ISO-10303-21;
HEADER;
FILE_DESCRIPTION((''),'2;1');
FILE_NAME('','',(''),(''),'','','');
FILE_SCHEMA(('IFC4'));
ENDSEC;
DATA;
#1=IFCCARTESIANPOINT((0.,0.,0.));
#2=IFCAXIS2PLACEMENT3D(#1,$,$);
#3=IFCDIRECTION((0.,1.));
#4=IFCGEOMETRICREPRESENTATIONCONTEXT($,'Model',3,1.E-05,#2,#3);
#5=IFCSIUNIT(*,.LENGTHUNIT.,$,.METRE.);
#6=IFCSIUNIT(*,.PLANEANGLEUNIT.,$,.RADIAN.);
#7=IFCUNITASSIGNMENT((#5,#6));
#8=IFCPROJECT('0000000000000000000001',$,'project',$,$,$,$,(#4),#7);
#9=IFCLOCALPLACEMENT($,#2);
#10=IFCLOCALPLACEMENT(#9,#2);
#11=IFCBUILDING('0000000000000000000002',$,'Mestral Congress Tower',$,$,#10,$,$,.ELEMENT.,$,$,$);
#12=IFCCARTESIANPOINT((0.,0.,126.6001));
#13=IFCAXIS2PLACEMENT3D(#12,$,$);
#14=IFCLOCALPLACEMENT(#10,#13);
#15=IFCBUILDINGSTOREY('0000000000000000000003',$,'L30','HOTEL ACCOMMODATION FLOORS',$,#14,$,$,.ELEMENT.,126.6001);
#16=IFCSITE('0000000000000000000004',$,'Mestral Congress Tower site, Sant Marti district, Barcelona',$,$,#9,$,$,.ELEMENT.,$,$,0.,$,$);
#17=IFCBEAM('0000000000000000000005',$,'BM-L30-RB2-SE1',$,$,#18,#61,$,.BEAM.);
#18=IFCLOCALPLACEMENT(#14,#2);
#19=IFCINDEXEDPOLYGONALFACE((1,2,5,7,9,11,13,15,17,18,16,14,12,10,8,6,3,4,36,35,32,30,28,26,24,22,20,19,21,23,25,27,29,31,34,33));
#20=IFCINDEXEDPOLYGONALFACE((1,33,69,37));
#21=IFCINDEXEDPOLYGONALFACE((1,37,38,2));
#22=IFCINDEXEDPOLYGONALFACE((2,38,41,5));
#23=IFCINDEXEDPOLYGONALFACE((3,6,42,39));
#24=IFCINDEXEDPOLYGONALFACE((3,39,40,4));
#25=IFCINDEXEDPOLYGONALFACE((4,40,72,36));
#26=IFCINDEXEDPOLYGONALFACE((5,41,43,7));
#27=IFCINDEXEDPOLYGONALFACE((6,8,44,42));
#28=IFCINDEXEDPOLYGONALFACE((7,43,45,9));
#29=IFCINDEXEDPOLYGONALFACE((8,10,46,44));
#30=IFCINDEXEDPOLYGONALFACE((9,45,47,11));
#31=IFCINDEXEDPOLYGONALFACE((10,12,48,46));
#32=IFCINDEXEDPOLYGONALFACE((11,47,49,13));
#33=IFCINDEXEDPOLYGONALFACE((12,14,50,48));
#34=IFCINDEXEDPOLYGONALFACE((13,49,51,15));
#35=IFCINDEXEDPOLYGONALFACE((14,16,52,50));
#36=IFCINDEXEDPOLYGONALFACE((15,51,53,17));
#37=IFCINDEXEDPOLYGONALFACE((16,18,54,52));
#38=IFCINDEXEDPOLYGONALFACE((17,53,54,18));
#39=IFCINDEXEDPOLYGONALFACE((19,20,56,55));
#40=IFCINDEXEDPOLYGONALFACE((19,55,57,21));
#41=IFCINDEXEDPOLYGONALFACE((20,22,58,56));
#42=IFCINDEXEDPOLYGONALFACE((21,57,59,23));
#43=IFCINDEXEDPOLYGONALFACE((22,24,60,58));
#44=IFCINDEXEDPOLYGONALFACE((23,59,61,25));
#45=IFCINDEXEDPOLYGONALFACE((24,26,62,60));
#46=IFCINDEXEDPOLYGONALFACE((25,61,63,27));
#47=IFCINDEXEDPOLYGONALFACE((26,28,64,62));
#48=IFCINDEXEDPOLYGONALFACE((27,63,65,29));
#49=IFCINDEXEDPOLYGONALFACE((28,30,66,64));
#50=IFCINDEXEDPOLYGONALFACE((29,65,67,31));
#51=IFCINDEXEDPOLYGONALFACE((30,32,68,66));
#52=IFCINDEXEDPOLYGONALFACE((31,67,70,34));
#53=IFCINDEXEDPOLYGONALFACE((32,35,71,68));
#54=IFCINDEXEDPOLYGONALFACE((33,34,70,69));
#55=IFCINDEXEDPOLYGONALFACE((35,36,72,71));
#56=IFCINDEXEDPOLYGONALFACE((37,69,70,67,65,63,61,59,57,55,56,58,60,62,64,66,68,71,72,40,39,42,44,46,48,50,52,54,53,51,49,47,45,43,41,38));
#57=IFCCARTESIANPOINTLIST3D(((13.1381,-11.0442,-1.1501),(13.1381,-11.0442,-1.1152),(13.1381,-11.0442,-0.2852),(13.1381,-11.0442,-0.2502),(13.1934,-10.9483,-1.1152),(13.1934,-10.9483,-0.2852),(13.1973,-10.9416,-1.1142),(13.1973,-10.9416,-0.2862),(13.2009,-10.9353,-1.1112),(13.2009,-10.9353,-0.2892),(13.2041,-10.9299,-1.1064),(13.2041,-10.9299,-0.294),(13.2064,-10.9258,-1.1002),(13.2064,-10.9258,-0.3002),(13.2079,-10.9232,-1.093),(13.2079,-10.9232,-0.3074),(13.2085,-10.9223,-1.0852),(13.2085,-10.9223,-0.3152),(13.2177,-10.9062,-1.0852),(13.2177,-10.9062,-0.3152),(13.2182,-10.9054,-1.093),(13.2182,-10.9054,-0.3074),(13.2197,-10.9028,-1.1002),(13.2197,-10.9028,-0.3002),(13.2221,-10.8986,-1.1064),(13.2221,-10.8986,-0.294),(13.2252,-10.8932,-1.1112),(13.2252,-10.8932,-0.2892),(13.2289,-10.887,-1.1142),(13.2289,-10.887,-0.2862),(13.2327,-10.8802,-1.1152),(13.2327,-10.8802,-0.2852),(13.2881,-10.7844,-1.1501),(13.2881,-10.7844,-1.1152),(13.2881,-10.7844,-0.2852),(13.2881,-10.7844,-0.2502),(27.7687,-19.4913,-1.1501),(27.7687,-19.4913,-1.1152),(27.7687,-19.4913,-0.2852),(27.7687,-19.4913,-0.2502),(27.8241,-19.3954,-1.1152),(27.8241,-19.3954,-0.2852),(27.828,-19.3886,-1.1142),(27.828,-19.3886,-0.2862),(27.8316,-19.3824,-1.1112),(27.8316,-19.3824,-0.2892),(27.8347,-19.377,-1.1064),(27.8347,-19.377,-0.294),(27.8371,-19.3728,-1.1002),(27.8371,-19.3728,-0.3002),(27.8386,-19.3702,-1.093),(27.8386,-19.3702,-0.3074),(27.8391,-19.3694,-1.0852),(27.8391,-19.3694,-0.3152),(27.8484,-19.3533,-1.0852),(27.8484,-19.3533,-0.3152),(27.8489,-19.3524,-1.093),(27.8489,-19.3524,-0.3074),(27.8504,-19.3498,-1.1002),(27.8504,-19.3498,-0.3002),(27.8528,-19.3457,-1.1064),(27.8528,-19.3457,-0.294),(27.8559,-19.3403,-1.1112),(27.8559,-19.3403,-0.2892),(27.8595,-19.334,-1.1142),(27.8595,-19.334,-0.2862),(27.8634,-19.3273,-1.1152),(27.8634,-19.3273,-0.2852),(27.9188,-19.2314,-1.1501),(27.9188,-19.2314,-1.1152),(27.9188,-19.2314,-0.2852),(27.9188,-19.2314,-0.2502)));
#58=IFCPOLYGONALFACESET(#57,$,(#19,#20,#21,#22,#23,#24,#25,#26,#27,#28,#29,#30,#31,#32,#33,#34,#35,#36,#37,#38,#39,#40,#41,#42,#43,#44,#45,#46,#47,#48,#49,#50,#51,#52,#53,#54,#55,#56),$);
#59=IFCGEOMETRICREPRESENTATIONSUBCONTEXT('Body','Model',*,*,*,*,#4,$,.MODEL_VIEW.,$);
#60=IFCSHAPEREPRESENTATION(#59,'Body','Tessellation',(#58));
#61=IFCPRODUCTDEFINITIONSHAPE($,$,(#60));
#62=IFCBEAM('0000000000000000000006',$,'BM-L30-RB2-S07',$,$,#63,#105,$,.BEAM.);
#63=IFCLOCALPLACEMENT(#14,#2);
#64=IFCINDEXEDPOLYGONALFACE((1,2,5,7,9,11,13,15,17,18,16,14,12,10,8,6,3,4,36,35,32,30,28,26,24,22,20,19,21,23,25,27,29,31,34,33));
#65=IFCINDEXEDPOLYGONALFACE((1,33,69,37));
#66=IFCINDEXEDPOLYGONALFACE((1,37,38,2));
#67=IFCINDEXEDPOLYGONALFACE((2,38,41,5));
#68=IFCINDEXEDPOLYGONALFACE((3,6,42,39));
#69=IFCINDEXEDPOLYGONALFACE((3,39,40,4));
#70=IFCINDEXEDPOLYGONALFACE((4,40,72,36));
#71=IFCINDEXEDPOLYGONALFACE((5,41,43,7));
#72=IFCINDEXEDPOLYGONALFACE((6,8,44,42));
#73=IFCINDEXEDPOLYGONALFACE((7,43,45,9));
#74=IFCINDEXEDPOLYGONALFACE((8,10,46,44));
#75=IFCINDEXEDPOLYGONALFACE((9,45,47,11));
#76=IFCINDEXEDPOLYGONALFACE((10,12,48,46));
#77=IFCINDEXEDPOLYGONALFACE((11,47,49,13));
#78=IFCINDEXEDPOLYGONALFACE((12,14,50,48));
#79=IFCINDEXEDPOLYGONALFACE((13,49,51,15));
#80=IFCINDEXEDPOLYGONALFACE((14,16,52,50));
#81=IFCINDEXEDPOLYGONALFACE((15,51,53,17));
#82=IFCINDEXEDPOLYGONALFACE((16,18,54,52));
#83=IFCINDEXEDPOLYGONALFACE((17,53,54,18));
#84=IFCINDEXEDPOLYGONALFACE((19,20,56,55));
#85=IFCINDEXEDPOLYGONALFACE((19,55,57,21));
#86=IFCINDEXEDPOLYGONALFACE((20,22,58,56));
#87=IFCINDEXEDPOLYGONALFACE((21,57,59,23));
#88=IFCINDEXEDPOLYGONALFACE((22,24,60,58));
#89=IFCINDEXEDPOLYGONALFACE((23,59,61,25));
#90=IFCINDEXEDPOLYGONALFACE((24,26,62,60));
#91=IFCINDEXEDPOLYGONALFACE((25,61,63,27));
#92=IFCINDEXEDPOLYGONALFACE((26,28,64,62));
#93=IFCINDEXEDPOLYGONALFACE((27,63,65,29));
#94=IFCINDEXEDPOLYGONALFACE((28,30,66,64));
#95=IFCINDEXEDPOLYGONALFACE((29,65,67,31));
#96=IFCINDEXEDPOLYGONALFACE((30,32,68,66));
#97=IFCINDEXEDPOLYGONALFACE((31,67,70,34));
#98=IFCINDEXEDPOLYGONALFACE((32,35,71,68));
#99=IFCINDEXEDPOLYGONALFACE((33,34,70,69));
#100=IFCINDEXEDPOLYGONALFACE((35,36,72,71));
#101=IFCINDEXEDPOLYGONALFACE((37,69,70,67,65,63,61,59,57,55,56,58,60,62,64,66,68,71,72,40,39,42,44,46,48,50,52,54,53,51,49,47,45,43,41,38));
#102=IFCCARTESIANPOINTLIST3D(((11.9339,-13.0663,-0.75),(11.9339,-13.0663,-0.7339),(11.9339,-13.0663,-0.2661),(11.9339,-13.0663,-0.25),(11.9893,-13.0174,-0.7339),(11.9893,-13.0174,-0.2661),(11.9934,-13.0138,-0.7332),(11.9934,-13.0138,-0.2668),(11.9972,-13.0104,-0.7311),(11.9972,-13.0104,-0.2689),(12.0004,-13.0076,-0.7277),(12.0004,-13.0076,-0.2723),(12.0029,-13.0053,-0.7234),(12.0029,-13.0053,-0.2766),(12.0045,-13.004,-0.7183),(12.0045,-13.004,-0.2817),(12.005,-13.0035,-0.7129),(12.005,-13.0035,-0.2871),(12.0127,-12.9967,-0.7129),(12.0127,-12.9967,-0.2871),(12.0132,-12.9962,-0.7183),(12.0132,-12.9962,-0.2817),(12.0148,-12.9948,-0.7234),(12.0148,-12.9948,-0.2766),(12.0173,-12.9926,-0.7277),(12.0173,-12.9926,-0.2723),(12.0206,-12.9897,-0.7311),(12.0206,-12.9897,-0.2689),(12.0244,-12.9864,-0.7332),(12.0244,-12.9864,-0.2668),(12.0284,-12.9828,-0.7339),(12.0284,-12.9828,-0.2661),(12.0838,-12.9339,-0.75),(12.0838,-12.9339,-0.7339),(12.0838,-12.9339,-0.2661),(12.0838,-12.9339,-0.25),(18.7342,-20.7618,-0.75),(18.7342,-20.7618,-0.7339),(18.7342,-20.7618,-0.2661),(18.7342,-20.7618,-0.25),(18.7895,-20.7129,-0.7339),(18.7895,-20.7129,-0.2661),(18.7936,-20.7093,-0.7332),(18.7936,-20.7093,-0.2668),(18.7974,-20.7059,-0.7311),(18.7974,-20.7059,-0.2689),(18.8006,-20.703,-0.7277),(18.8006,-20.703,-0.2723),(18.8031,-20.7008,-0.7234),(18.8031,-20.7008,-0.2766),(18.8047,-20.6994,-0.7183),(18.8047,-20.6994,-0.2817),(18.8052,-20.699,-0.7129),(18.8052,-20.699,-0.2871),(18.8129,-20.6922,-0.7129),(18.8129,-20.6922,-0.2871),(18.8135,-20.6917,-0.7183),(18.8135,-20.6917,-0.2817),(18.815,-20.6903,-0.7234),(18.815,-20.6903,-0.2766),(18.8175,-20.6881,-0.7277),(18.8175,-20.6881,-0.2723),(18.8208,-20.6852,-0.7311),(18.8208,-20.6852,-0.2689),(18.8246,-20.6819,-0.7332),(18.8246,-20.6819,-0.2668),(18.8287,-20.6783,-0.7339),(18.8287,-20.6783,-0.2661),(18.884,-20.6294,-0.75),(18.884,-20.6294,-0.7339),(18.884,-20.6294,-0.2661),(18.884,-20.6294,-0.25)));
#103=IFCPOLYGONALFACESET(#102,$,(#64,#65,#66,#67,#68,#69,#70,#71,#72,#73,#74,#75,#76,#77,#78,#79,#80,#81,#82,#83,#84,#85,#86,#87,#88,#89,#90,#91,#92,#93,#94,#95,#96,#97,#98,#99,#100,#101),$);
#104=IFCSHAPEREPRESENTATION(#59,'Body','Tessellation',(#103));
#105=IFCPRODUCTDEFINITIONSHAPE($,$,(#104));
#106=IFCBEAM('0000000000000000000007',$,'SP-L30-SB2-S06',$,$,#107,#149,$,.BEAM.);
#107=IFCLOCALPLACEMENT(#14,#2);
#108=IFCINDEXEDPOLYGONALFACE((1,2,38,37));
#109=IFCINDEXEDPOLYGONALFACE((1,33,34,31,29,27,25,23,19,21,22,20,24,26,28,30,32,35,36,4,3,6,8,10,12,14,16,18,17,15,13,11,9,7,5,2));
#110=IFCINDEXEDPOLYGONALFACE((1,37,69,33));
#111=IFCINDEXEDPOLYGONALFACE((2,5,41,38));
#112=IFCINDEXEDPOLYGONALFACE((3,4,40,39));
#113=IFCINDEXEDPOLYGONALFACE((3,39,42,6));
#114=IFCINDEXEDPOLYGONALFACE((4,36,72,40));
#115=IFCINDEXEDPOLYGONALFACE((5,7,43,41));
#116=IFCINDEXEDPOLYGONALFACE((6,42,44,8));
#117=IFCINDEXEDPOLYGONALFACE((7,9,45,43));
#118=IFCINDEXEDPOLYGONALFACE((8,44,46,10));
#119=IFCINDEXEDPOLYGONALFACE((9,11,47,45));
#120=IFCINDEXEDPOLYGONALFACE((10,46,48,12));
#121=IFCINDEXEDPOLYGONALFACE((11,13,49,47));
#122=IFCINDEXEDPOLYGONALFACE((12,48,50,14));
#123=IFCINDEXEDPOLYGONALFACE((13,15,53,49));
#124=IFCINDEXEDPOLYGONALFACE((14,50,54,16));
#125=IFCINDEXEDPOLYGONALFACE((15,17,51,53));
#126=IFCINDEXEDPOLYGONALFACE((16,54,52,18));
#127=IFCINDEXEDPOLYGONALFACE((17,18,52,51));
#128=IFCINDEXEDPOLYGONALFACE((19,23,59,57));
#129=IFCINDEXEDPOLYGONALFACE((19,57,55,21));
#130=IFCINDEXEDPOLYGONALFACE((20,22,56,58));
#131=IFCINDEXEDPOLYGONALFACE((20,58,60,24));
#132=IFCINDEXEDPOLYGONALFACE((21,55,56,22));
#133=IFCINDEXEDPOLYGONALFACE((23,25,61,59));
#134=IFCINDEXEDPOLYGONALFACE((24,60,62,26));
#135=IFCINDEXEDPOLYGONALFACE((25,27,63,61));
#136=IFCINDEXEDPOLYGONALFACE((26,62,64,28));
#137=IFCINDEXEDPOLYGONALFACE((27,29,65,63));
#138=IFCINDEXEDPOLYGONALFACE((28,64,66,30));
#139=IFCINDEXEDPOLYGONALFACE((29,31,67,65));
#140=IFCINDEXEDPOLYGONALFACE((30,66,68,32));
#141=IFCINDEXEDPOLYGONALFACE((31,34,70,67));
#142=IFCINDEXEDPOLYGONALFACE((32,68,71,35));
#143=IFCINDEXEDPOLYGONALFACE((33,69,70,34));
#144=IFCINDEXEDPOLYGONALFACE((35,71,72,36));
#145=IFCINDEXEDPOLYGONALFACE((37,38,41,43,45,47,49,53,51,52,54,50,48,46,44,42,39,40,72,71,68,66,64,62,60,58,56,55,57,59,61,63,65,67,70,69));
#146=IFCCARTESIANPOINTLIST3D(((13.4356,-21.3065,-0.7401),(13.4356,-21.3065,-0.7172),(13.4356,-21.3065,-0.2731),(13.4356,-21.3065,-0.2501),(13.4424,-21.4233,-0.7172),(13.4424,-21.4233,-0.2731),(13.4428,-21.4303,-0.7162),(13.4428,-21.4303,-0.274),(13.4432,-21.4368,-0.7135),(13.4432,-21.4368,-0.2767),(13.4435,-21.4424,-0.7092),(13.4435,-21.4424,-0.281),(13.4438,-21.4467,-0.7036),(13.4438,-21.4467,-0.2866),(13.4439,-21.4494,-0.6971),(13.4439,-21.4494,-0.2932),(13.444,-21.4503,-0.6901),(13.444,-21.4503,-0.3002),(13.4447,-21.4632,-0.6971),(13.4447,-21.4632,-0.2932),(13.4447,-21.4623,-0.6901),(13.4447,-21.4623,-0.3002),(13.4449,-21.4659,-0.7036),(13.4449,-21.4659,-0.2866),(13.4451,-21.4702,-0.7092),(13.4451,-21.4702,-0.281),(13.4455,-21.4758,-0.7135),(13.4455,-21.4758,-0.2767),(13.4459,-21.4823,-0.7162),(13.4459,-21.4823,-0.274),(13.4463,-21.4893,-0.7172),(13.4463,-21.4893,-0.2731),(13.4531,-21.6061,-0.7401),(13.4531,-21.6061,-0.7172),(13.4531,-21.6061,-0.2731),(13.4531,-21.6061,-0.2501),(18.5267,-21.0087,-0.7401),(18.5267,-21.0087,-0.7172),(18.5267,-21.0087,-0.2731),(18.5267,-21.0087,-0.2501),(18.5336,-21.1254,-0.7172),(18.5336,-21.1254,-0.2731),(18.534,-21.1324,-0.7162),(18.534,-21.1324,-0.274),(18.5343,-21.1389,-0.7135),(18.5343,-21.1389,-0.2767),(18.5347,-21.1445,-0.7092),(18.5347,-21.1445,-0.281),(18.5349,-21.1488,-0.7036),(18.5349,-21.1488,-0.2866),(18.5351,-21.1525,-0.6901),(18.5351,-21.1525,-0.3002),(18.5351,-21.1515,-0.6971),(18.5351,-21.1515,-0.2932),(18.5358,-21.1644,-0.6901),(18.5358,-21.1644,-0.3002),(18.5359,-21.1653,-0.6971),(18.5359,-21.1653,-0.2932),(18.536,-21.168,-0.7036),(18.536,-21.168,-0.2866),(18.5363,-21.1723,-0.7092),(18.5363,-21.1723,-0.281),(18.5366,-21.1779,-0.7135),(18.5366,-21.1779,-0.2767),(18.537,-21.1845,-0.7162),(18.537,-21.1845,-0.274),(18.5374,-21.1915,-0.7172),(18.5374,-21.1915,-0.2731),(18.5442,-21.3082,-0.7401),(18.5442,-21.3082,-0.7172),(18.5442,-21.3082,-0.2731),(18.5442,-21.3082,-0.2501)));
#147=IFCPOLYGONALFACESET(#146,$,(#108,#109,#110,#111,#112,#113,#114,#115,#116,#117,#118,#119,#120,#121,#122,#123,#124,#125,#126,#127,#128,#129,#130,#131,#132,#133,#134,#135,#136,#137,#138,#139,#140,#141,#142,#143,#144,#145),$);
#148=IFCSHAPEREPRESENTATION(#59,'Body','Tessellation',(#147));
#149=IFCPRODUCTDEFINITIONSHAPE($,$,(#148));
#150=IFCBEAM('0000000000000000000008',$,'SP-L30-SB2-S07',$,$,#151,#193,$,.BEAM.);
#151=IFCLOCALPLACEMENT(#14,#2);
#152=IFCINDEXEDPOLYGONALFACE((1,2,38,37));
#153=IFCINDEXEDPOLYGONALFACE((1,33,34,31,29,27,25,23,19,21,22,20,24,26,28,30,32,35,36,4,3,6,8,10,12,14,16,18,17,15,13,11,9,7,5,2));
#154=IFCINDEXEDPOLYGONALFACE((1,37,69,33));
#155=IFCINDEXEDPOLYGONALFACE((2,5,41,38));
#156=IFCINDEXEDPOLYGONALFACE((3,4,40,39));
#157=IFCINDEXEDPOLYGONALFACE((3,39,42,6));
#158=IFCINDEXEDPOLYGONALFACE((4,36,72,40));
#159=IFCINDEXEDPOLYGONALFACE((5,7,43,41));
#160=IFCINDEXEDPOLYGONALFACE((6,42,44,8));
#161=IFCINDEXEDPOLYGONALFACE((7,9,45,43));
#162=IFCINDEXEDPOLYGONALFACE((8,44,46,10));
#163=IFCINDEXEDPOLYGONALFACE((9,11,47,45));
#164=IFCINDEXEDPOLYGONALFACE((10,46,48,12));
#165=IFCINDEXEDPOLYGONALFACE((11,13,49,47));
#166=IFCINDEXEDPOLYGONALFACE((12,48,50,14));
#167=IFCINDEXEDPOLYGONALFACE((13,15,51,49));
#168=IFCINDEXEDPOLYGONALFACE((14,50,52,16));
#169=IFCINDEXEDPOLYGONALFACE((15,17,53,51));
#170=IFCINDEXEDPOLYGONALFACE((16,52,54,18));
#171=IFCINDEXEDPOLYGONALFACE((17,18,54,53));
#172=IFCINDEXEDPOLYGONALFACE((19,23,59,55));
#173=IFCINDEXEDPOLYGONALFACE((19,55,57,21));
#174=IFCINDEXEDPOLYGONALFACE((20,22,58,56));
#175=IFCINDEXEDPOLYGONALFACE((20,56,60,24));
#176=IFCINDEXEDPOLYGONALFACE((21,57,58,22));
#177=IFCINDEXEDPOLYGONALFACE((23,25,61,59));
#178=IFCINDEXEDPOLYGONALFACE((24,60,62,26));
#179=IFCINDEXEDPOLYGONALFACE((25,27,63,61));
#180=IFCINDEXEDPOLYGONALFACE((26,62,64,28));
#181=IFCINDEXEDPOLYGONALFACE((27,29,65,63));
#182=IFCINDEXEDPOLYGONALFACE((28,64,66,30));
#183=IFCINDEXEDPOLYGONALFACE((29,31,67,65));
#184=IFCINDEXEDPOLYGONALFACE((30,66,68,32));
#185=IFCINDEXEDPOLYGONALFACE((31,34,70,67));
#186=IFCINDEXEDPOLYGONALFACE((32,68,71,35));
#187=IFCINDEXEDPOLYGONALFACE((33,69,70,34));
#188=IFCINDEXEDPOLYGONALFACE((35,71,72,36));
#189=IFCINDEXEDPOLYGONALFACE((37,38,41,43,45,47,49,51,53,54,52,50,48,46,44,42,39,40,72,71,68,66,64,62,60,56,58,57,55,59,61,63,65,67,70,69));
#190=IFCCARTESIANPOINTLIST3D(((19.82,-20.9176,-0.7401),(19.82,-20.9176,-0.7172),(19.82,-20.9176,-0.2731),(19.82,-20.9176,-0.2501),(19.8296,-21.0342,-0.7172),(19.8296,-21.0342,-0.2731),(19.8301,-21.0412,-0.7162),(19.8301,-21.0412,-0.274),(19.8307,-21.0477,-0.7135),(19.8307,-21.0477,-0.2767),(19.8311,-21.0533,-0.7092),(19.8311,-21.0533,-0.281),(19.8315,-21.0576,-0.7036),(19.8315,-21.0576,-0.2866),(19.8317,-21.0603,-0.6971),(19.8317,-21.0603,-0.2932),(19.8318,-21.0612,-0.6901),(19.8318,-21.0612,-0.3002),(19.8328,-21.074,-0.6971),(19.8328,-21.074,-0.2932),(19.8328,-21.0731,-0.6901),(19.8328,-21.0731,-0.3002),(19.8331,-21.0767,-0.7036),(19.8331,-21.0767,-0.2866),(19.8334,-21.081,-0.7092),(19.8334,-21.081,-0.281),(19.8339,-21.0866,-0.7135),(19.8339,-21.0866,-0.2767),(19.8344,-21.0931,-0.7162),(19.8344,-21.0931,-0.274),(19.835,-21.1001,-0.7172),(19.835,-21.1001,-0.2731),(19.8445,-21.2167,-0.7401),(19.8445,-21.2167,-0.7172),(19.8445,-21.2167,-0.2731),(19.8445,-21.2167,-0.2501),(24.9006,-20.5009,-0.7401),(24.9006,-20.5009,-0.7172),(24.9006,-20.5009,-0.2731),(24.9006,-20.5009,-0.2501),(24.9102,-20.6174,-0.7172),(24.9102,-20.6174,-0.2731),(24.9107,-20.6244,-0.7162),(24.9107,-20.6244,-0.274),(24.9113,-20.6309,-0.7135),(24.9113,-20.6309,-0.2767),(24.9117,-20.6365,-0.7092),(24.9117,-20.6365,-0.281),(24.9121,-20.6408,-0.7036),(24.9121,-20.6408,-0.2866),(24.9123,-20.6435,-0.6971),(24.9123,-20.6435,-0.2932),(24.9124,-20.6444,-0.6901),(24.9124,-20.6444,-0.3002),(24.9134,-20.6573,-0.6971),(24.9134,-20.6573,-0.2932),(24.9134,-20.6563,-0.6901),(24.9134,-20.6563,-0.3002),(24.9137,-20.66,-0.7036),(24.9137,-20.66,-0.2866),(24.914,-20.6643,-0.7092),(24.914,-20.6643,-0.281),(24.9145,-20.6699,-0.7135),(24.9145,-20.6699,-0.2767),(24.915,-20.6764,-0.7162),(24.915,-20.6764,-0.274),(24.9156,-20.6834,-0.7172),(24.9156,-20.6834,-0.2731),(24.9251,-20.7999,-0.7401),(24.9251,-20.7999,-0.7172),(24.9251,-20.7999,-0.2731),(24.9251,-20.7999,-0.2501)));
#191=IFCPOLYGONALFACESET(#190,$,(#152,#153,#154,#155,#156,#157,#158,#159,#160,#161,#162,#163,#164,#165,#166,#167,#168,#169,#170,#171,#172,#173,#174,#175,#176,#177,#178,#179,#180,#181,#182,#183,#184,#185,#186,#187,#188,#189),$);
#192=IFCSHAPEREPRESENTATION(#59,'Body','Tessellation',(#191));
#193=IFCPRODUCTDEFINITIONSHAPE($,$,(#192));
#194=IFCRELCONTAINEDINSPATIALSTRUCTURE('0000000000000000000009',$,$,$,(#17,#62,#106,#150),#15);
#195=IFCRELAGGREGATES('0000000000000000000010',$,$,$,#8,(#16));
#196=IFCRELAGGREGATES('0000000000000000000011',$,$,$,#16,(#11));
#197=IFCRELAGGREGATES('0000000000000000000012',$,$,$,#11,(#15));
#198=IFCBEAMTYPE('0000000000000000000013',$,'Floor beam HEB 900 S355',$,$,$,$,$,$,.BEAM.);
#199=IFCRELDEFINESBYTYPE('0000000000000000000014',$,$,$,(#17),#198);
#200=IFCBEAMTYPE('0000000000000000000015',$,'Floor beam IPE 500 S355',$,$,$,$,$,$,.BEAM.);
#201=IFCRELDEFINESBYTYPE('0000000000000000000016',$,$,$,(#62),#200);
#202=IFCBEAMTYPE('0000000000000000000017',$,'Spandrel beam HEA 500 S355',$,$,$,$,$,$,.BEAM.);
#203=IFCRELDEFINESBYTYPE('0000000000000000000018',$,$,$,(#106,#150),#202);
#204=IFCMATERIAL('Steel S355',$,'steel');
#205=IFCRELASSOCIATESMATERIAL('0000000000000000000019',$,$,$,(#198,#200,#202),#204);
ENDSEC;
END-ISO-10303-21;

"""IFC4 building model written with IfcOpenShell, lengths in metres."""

from ifc_helpers import new_model, si_unit, direction, frame, origin, origin_2d, place, context, subcontext, project, spatial, i_section, extrude, material, material_profile, profile_set, type_object, element, save


model = new_model("IFC4")

# Units and contexts
model_context = context("Model", 3, precision=1e-05, world=origin(), true_north=direction((0.0, 1.0)))
body_context = subcontext(model_context, "Body", "Model", "MODEL_VIEW")
ifc_project = project(units=[si_unit("LENGTHUNIT", "METRE"), si_unit("PLANEANGLEUNIT", "RADIAN")], contexts=[model_context])

# Site, building, storey
site_placement = place(None, origin())
site = spatial("IfcSite", under=ifc_project, at=site_placement, Name="Mestral Congress Tower site, Sant Marti district, Barcelona", CompositionType="ELEMENT", RefElevation=0.0)
building_placement = place(site_placement, origin())
building = spatial("IfcBuilding", under=site, at=building_placement, Name="Mestral Congress Tower", CompositionType="ELEMENT")
storey_placement = place(building_placement, frame((0.0, 0.0, 126.6001)))
storey = spatial("IfcBuildingStorey", under=building, at=storey_placement, Name="L30", Description="HOTEL ACCOMMODATION FLOORS", CompositionType="ELEMENT", Elevation=126.6001)

# Beams
ifc_material_1 = material(Name="Steel S355", Category="steel")
ifc_material_profile_1 = material_profile(ifc_material_1, i_section(OverallWidth=0.3, OverallDepth=0.8999, WebThickness=0.0186, FlangeThickness=0.0349, FilletRadius=0.03, at=origin_2d()), Name="HEB 900")
ifc_profile_set_1 = profile_set([ifc_material_profile_1], Name="Steel S355")
beam_type_1 = type_object("IfcBeamType", Name="Floor beam HEB 900 S355", PredefinedType="BEAM", material=ifc_profile_set_1)
beam_1_placement = place(storey_placement, frame((27.8438, -19.3613, -0.7002), z_axis=(-0.866025, 0.500001, 0.0), x_axis=(-0.500001, -0.866025, 0.0)))
element("IfcBeam", 1, at=beam_1_placement, inside=storey, type_object=beam_type_1, Name="BM-L30-RB2-SE1", PredefinedType="BEAM", context=body_context, shape_type="SweptSolid", body=[
    extrude(i_section(OverallWidth=0.3, OverallDepth=0.8999, WebThickness=0.0186, FlangeThickness=0.0349, FilletRadius=0.03, at=origin_2d()), origin(), (0.0, 0.0, 1.0), 16.894),
])
ifc_material_profile_2 = material_profile(ifc_material_1, i_section(OverallWidth=0.2, OverallDepth=0.5, WebThickness=0.0103, FlangeThickness=0.0161, FilletRadius=0.021, at=origin_2d()), Name="IPE 500")
ifc_profile_set_2 = profile_set([ifc_material_profile_2], Name="Steel S355")
beam_type_2 = type_object("IfcBeamType", Name="Floor beam IPE 500 S355", PredefinedType="BEAM", material=ifc_profile_set_2)
beam_2_placement = place(storey_placement, frame((18.8091, -20.6956, -0.5), z_axis=(-0.662174, 0.74935, 0.0), x_axis=(-0.74935, -0.662174, 0.0)))
element("IfcBeam", 2, at=beam_2_placement, inside=storey, type_object=beam_type_2, Name="BM-L30-RB2-S07", PredefinedType="BEAM", context=body_context, shape_type="SweptSolid", body=[
    extrude(i_section(OverallWidth=0.2, OverallDepth=0.5, WebThickness=0.0103, FlangeThickness=0.0161, FilletRadius=0.021, at=origin_2d()), origin(), (0.0, 0.0, 1.0), 10.2695),
])
ifc_material_profile_3 = material_profile(ifc_material_1, i_section(OverallWidth=0.3, OverallDepth=0.49, WebThickness=0.012, FlangeThickness=0.0229, FilletRadius=0.0271, at=origin_2d()), Name="HEA 500")
ifc_profile_set_3 = profile_set([ifc_material_profile_3], Name="Steel S355")
beam_type_3 = type_object("IfcBeamType", Name="Spandrel beam HEA 500 S355", PredefinedType="BEAM", material=ifc_profile_set_3)
beam_3_placement = place(storey_placement, frame((13.4443, -21.4563, -0.4951), z_axis=(0.998293, 0.058405, 0.0), x_axis=(-0.058405, 0.998293, 0.0)))
element("IfcBeam", 3, at=beam_3_placement, inside=storey, type_object=beam_type_3, Name="SP-L30-SB2-S06", PredefinedType="BEAM", context=body_context, shape_type="SweptSolid", body=[
    extrude(i_section(OverallWidth=0.3, OverallDepth=0.49, WebThickness=0.012, FlangeThickness=0.0229, FilletRadius=0.0271, at=origin_2d()), origin(), (0.0, 0.0, 1.0), 5.0999),
])
beam_4_placement = place(storey_placement, frame((19.8323, -21.0671, -0.4951), z_axis=(0.996653, 0.081753, 0.0), x_axis=(-0.081753, 0.996653, 0.0)))
element("IfcBeam", 4, at=beam_4_placement, inside=storey, type_object=beam_type_3, Name="SP-L30-SB2-S07", PredefinedType="BEAM", context=body_context, shape_type="SweptSolid", body=[
    extrude(i_section(OverallWidth=0.3, OverallDepth=0.49, WebThickness=0.012, FlangeThickness=0.0229, FilletRadius=0.0271, at=origin_2d()), origin(), (0.0, 0.0, 1.0), 5.0977),
])

save(model, "model.ifc")
